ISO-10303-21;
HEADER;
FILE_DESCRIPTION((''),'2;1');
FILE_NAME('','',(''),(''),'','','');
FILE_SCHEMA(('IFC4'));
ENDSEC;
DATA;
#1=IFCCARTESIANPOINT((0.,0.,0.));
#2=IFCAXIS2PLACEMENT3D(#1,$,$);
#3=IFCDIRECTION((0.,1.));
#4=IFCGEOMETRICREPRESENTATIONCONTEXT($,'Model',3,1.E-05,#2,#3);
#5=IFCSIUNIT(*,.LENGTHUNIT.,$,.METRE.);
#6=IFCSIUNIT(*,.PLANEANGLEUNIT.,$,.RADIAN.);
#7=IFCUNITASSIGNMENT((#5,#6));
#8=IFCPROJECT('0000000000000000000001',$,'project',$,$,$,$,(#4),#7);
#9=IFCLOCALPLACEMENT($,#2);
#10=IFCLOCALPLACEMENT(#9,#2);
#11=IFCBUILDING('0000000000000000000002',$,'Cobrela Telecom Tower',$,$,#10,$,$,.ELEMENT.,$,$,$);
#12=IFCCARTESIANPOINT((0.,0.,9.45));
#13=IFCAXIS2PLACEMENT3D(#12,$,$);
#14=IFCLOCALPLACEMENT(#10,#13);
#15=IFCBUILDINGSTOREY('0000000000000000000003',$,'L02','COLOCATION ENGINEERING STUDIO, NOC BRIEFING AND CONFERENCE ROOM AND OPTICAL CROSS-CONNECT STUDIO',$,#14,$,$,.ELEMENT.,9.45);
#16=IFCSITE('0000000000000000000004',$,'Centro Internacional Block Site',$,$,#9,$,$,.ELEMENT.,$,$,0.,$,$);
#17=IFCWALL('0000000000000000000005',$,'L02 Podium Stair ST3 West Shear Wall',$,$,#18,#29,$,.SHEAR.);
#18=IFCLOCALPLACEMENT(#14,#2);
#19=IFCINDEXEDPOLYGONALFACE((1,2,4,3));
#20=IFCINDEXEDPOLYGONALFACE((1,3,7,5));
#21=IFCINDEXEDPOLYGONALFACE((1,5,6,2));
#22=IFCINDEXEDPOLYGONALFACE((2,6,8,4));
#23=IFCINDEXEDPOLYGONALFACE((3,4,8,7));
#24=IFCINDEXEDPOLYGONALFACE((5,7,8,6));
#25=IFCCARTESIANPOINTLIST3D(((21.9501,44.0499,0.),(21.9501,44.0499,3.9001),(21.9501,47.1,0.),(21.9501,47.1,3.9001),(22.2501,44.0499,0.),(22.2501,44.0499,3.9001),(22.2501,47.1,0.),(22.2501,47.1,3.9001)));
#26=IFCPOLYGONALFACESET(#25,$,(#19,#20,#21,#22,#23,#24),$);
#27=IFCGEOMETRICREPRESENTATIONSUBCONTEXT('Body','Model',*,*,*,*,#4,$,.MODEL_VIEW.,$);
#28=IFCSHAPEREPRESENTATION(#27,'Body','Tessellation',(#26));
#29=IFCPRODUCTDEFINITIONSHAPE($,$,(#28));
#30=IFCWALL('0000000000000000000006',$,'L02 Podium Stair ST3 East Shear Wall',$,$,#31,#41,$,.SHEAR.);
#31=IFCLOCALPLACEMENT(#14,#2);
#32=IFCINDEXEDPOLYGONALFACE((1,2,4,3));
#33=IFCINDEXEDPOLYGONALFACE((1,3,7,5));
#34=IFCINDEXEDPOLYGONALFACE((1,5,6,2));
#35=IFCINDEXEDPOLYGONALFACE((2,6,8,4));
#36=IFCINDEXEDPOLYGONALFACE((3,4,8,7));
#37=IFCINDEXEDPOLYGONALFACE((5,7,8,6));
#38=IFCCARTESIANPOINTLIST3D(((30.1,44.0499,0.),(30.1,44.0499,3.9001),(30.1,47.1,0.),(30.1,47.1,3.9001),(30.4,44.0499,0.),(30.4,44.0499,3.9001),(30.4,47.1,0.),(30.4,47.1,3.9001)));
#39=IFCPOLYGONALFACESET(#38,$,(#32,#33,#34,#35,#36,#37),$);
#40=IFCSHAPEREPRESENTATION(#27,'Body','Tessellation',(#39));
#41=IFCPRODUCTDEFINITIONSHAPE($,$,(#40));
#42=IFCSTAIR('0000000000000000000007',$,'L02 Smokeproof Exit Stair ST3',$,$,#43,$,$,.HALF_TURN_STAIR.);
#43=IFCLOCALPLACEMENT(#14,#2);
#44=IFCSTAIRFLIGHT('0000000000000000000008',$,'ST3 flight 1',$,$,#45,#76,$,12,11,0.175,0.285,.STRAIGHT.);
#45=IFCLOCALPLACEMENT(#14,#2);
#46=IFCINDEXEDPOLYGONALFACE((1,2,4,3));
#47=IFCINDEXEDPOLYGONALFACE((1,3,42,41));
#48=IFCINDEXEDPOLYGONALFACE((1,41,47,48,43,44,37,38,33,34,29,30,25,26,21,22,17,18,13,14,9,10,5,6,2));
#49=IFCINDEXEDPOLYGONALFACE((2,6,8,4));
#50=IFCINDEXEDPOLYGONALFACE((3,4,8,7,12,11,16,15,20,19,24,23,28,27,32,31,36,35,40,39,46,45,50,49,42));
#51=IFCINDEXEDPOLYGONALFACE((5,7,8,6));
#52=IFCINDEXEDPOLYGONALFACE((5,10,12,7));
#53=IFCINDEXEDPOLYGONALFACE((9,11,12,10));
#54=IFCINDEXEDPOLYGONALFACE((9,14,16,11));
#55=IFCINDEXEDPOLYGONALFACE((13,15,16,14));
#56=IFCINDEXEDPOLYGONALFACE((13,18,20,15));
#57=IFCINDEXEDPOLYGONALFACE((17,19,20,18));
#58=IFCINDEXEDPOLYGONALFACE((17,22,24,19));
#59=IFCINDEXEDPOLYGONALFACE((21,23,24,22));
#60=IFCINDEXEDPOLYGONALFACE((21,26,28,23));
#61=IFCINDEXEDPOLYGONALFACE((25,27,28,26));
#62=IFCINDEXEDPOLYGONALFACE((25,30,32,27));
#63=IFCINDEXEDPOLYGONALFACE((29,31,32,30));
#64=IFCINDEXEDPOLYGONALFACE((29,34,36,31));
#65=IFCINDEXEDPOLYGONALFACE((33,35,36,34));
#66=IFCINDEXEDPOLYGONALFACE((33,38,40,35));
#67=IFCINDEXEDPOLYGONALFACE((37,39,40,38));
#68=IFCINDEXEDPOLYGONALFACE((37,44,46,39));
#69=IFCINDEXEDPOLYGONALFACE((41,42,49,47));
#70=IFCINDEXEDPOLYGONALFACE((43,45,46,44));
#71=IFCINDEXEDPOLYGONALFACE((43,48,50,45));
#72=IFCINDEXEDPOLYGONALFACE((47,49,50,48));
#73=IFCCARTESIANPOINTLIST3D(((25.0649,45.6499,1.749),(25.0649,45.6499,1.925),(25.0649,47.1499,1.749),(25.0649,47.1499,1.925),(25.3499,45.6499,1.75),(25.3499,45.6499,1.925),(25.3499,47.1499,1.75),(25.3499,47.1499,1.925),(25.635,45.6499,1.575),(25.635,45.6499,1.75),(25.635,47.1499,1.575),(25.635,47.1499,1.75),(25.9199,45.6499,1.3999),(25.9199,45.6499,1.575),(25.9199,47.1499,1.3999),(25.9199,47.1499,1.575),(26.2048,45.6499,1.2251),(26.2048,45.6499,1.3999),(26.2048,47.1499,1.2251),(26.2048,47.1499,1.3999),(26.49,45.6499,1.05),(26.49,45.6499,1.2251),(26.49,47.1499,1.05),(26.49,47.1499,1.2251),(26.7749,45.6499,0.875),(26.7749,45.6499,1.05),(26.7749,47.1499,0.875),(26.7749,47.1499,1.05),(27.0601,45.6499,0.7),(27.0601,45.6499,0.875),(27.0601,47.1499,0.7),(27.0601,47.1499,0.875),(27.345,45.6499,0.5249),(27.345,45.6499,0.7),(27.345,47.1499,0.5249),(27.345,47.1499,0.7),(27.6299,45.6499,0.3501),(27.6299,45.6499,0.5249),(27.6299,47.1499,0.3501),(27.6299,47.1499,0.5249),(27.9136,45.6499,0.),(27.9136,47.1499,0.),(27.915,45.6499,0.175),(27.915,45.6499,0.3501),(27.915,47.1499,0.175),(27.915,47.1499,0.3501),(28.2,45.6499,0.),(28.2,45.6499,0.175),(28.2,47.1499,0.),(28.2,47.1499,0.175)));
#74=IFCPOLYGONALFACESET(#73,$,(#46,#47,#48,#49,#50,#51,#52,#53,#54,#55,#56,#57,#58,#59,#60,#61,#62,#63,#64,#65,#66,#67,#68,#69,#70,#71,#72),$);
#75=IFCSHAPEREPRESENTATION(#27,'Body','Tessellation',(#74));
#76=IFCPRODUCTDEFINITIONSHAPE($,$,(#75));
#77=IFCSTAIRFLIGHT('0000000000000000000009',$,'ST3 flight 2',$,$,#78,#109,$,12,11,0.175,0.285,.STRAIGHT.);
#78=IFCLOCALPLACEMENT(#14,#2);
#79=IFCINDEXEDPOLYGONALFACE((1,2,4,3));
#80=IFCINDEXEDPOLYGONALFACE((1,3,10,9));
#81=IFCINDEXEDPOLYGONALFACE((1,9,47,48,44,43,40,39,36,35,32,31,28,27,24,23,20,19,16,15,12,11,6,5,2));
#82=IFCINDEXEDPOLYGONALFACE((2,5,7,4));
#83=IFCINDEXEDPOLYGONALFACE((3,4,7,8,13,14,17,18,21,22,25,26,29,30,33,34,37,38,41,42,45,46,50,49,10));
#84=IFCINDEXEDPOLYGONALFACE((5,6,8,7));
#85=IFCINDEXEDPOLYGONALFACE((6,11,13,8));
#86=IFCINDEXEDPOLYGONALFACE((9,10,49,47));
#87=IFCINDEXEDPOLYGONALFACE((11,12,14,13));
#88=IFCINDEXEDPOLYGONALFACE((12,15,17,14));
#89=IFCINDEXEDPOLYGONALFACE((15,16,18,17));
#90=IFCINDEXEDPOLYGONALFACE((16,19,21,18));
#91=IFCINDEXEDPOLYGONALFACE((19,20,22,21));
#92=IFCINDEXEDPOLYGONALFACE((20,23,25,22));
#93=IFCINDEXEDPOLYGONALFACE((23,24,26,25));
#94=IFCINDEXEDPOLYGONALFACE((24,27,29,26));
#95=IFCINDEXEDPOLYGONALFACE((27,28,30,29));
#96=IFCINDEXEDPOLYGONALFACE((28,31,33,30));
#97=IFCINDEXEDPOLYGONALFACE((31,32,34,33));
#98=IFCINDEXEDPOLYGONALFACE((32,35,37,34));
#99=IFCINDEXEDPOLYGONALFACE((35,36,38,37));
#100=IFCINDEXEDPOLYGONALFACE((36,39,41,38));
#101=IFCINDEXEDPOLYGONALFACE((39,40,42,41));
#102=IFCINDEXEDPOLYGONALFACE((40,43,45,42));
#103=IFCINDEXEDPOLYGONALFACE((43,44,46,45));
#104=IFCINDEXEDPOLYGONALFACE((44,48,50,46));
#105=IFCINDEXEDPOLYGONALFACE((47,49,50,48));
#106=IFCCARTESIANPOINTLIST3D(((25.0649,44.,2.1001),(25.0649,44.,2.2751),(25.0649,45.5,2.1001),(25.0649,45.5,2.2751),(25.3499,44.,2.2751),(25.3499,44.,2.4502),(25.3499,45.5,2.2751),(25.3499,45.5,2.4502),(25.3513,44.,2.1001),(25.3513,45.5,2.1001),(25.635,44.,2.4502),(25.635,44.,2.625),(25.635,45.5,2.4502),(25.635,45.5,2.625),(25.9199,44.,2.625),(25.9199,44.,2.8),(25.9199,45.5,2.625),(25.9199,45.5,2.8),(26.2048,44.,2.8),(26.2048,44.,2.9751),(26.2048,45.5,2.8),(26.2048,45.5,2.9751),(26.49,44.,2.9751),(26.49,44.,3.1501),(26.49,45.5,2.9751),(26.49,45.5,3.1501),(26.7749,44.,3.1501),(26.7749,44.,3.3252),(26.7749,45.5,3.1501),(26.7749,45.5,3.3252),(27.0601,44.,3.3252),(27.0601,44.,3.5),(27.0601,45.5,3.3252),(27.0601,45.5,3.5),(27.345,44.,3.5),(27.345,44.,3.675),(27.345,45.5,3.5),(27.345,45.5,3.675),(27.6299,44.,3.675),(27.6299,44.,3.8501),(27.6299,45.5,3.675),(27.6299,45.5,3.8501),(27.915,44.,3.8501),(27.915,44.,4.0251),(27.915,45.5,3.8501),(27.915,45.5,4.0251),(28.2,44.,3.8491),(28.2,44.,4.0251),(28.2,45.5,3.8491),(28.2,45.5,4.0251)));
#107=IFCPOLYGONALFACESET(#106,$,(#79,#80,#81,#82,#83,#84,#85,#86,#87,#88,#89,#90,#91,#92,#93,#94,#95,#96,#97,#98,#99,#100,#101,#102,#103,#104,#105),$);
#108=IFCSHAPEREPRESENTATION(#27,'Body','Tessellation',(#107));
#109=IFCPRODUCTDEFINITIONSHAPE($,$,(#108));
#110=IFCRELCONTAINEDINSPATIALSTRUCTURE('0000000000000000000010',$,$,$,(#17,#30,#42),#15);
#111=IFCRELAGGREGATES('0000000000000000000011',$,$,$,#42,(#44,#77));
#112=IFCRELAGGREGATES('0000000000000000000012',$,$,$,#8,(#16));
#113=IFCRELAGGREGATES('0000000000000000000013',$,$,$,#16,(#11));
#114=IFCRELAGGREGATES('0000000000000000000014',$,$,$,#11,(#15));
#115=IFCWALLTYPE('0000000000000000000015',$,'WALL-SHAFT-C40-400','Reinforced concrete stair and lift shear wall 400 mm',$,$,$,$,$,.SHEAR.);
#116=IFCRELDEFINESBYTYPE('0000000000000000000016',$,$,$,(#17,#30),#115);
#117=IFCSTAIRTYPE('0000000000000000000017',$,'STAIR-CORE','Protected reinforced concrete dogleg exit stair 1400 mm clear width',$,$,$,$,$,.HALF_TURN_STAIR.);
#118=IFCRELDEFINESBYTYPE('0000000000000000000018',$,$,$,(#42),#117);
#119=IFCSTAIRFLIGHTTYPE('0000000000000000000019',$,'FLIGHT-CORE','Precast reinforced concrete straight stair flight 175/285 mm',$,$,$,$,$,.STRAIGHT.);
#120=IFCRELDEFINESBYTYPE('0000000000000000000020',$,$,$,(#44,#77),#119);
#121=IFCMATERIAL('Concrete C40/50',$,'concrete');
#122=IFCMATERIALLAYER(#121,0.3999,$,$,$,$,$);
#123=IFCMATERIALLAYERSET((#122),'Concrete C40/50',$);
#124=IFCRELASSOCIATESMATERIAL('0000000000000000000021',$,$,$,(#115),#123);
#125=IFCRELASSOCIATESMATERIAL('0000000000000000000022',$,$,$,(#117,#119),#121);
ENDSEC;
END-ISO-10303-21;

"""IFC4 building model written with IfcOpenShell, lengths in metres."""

from ifc_helpers import new_model, si_unit, direction, frame, frame_2d, origin, place, context, subcontext, project, spatial, polyline, rectangle, outline, extrude, material, layer, layer_set, type_object, element, aggregate, save


model = new_model("IFC4")

# Units and contexts
model_context = context("Model", 3, precision=1e-05, world=origin(), true_north=direction((0.0, 1.0)))
body_context = subcontext(model_context, "Body", "Model", "MODEL_VIEW")
ifc_project = project(units=[si_unit("LENGTHUNIT", "METRE"), si_unit("PLANEANGLEUNIT", "RADIAN")], contexts=[model_context])

# Site, building, storey
site_placement = place(None, origin())
site = spatial("IfcSite", under=ifc_project, at=site_placement, Name="Centro Internacional Block Site", CompositionType="ELEMENT", RefElevation=0.0)
building_placement = place(site_placement, origin())
building = spatial("IfcBuilding", under=site, at=building_placement, Name="Cobrela Telecom Tower", CompositionType="ELEMENT")
storey_placement = place(building_placement, frame((0.0, 0.0, 9.45)))
storey = spatial("IfcBuildingStorey", under=building, at=storey_placement, Name="L02", Description="COLOCATION ENGINEERING STUDIO, NOC BRIEFING AND CONFERENCE ROOM AND OPTICAL CROSS-CONNECT STUDIO", CompositionType="ELEMENT", Elevation=9.45)

# Shared definitions
ifc_material_1 = material(Name="Concrete C40/50", Category="concrete")
ifc_layer_1 = layer(ifc_material_1, 0.3999)
ifc_layer_set_1 = layer_set([ifc_layer_1], Name="Concrete C40/50")
wall_type_1 = type_object("IfcWallType", Name="WALL-SHAFT-C40-400", Description="Reinforced concrete stair and lift shear wall 400 mm", PredefinedType="SHEAR", material=ifc_layer_set_1)

# Walls
for number, where, z_axis, x_axis, name in (
    (1, (22.1001, 44.05, 0.0), (0.0, 0.0, 1.0), (0.0, 1.0, 0.0), "L02 Podium Stair ST3 West Shear Wall"),
    (2, (30.25, 44.05, 0.0), (0.0, 0.0, 1.0), (0.0, 1.0, 0.0), "L02 Podium Stair ST3 East Shear Wall"),
):
    element("IfcWall", number, at=place(storey_placement, frame(where, z_axis=z_axis, x_axis=x_axis)), inside=storey, type_object=wall_type_1, Name=name, PredefinedType="SHEAR", context=body_context, shape_type="SweptSolid", body=[
        extrude(rectangle(XDim=3.05, YDim=0.3, at=frame_2d((1.5249, 0.0))), origin(), (0.0, 0.0, 1.0), 3.9001),
    ])

# Stair, stair flights
stair_type = type_object("IfcStairType", Name="STAIR-CORE", Description="Protected reinforced concrete dogleg exit stair 1400 mm clear width", PredefinedType="HALF_TURN_STAIR", material=ifc_material_1)
stair_placement = place(storey_placement, origin())
stair = element("IfcStair", 3, at=stair_placement, inside=storey, type_object=stair_type, Name="L02 Smokeproof Exit Stair ST3", PredefinedType="HALF_TURN_STAIR")
stair_flight_type = type_object("IfcStairFlightType", Name="FLIGHT-CORE", Description="Precast reinforced concrete straight stair flight 175/285 mm", PredefinedType="STRAIGHT", material=ifc_material_1)
stair_flight_1_placement = place(storey_placement, frame((28.2, 46.3999, 0.0), z_axis=(0.0, 0.0, 1.0), x_axis=(-1.0, 0.0, 0.0)))
stair_flight_1 = element("IfcStairFlight", 4, at=stair_flight_1_placement, type_object=stair_flight_type, Name="ST3 flight 1", NumberOfRisers=12, NumberOfTreads=11, PredefinedType="STRAIGHT", RiserHeight=0.175, TreadLength=0.285, context=body_context, shape_type="SweptSolid", body=[
    extrude(outline(polyline([(0.0, 0.0), (0.0, 0.175), (0.2849, 0.175), (0.2849, 0.3501), (0.5701, 0.3501), (0.5701, 0.5249), (0.855, 0.5249), (0.855, 0.7), (1.1399, 0.7), (1.1399, 0.875), (1.425, 0.875), (1.425, 1.05), (1.71, 1.05), (1.71, 1.2251), (1.9951, 1.2251), (1.9951, 1.3999), (2.28, 1.3999), (2.28, 1.575), (2.5649, 1.575), (2.5649, 1.75), (2.8501, 1.75), (2.8501, 1.925), (3.135, 1.925), (3.135, 2.1001), (3.135, 1.749), (0.2864, 0.0), (0.0, 0.0)])), frame((0.0, 0.75, 0.0), z_axis=(0.0, -1.0, 0.0), x_axis=(1.0, 0.0, 0.0)), (0.0, 0.0, 1.0), 1.5),
])
stair_flight_2_placement = place(storey_placement, frame((25.0649, 44.75, 2.1001), z_axis=(0.0, 0.0, 1.0), x_axis=(1.0, 0.0, 0.0)))
stair_flight_2 = element("IfcStairFlight", 5, at=stair_flight_2_placement, type_object=stair_flight_type, Name="ST3 flight 2", NumberOfRisers=12, NumberOfTreads=11, PredefinedType="STRAIGHT", RiserHeight=0.175, TreadLength=0.285, context=body_context, shape_type="SweptSolid", body=[
    extrude(outline(polyline([(0.0, 0.0), (0.0, 0.175), (0.2849, 0.175), (0.2849, 0.3501), (0.5701, 0.3501), (0.5701, 0.5249), (0.855, 0.5249), (0.855, 0.7), (1.1399, 0.7), (1.1399, 0.875), (1.425, 0.875), (1.425, 1.05), (1.71, 1.05), (1.71, 1.2251), (1.9951, 1.2251), (1.9951, 1.3999), (2.28, 1.3999), (2.28, 1.575), (2.5649, 1.575), (2.5649, 1.75), (2.8501, 1.75), (2.8501, 1.925), (3.135, 1.925), (3.135, 2.1001), (3.135, 1.749), (0.2864, 0.0), (0.0, 0.0)])), frame((0.0, 0.75, 0.0), z_axis=(0.0, -1.0, 0.0), x_axis=(1.0, 0.0, 0.0)), (0.0, 0.0, 1.0), 1.5),
])
aggregate(stair, [stair_flight_1, stair_flight_2])

save(model, "model.ifc")
